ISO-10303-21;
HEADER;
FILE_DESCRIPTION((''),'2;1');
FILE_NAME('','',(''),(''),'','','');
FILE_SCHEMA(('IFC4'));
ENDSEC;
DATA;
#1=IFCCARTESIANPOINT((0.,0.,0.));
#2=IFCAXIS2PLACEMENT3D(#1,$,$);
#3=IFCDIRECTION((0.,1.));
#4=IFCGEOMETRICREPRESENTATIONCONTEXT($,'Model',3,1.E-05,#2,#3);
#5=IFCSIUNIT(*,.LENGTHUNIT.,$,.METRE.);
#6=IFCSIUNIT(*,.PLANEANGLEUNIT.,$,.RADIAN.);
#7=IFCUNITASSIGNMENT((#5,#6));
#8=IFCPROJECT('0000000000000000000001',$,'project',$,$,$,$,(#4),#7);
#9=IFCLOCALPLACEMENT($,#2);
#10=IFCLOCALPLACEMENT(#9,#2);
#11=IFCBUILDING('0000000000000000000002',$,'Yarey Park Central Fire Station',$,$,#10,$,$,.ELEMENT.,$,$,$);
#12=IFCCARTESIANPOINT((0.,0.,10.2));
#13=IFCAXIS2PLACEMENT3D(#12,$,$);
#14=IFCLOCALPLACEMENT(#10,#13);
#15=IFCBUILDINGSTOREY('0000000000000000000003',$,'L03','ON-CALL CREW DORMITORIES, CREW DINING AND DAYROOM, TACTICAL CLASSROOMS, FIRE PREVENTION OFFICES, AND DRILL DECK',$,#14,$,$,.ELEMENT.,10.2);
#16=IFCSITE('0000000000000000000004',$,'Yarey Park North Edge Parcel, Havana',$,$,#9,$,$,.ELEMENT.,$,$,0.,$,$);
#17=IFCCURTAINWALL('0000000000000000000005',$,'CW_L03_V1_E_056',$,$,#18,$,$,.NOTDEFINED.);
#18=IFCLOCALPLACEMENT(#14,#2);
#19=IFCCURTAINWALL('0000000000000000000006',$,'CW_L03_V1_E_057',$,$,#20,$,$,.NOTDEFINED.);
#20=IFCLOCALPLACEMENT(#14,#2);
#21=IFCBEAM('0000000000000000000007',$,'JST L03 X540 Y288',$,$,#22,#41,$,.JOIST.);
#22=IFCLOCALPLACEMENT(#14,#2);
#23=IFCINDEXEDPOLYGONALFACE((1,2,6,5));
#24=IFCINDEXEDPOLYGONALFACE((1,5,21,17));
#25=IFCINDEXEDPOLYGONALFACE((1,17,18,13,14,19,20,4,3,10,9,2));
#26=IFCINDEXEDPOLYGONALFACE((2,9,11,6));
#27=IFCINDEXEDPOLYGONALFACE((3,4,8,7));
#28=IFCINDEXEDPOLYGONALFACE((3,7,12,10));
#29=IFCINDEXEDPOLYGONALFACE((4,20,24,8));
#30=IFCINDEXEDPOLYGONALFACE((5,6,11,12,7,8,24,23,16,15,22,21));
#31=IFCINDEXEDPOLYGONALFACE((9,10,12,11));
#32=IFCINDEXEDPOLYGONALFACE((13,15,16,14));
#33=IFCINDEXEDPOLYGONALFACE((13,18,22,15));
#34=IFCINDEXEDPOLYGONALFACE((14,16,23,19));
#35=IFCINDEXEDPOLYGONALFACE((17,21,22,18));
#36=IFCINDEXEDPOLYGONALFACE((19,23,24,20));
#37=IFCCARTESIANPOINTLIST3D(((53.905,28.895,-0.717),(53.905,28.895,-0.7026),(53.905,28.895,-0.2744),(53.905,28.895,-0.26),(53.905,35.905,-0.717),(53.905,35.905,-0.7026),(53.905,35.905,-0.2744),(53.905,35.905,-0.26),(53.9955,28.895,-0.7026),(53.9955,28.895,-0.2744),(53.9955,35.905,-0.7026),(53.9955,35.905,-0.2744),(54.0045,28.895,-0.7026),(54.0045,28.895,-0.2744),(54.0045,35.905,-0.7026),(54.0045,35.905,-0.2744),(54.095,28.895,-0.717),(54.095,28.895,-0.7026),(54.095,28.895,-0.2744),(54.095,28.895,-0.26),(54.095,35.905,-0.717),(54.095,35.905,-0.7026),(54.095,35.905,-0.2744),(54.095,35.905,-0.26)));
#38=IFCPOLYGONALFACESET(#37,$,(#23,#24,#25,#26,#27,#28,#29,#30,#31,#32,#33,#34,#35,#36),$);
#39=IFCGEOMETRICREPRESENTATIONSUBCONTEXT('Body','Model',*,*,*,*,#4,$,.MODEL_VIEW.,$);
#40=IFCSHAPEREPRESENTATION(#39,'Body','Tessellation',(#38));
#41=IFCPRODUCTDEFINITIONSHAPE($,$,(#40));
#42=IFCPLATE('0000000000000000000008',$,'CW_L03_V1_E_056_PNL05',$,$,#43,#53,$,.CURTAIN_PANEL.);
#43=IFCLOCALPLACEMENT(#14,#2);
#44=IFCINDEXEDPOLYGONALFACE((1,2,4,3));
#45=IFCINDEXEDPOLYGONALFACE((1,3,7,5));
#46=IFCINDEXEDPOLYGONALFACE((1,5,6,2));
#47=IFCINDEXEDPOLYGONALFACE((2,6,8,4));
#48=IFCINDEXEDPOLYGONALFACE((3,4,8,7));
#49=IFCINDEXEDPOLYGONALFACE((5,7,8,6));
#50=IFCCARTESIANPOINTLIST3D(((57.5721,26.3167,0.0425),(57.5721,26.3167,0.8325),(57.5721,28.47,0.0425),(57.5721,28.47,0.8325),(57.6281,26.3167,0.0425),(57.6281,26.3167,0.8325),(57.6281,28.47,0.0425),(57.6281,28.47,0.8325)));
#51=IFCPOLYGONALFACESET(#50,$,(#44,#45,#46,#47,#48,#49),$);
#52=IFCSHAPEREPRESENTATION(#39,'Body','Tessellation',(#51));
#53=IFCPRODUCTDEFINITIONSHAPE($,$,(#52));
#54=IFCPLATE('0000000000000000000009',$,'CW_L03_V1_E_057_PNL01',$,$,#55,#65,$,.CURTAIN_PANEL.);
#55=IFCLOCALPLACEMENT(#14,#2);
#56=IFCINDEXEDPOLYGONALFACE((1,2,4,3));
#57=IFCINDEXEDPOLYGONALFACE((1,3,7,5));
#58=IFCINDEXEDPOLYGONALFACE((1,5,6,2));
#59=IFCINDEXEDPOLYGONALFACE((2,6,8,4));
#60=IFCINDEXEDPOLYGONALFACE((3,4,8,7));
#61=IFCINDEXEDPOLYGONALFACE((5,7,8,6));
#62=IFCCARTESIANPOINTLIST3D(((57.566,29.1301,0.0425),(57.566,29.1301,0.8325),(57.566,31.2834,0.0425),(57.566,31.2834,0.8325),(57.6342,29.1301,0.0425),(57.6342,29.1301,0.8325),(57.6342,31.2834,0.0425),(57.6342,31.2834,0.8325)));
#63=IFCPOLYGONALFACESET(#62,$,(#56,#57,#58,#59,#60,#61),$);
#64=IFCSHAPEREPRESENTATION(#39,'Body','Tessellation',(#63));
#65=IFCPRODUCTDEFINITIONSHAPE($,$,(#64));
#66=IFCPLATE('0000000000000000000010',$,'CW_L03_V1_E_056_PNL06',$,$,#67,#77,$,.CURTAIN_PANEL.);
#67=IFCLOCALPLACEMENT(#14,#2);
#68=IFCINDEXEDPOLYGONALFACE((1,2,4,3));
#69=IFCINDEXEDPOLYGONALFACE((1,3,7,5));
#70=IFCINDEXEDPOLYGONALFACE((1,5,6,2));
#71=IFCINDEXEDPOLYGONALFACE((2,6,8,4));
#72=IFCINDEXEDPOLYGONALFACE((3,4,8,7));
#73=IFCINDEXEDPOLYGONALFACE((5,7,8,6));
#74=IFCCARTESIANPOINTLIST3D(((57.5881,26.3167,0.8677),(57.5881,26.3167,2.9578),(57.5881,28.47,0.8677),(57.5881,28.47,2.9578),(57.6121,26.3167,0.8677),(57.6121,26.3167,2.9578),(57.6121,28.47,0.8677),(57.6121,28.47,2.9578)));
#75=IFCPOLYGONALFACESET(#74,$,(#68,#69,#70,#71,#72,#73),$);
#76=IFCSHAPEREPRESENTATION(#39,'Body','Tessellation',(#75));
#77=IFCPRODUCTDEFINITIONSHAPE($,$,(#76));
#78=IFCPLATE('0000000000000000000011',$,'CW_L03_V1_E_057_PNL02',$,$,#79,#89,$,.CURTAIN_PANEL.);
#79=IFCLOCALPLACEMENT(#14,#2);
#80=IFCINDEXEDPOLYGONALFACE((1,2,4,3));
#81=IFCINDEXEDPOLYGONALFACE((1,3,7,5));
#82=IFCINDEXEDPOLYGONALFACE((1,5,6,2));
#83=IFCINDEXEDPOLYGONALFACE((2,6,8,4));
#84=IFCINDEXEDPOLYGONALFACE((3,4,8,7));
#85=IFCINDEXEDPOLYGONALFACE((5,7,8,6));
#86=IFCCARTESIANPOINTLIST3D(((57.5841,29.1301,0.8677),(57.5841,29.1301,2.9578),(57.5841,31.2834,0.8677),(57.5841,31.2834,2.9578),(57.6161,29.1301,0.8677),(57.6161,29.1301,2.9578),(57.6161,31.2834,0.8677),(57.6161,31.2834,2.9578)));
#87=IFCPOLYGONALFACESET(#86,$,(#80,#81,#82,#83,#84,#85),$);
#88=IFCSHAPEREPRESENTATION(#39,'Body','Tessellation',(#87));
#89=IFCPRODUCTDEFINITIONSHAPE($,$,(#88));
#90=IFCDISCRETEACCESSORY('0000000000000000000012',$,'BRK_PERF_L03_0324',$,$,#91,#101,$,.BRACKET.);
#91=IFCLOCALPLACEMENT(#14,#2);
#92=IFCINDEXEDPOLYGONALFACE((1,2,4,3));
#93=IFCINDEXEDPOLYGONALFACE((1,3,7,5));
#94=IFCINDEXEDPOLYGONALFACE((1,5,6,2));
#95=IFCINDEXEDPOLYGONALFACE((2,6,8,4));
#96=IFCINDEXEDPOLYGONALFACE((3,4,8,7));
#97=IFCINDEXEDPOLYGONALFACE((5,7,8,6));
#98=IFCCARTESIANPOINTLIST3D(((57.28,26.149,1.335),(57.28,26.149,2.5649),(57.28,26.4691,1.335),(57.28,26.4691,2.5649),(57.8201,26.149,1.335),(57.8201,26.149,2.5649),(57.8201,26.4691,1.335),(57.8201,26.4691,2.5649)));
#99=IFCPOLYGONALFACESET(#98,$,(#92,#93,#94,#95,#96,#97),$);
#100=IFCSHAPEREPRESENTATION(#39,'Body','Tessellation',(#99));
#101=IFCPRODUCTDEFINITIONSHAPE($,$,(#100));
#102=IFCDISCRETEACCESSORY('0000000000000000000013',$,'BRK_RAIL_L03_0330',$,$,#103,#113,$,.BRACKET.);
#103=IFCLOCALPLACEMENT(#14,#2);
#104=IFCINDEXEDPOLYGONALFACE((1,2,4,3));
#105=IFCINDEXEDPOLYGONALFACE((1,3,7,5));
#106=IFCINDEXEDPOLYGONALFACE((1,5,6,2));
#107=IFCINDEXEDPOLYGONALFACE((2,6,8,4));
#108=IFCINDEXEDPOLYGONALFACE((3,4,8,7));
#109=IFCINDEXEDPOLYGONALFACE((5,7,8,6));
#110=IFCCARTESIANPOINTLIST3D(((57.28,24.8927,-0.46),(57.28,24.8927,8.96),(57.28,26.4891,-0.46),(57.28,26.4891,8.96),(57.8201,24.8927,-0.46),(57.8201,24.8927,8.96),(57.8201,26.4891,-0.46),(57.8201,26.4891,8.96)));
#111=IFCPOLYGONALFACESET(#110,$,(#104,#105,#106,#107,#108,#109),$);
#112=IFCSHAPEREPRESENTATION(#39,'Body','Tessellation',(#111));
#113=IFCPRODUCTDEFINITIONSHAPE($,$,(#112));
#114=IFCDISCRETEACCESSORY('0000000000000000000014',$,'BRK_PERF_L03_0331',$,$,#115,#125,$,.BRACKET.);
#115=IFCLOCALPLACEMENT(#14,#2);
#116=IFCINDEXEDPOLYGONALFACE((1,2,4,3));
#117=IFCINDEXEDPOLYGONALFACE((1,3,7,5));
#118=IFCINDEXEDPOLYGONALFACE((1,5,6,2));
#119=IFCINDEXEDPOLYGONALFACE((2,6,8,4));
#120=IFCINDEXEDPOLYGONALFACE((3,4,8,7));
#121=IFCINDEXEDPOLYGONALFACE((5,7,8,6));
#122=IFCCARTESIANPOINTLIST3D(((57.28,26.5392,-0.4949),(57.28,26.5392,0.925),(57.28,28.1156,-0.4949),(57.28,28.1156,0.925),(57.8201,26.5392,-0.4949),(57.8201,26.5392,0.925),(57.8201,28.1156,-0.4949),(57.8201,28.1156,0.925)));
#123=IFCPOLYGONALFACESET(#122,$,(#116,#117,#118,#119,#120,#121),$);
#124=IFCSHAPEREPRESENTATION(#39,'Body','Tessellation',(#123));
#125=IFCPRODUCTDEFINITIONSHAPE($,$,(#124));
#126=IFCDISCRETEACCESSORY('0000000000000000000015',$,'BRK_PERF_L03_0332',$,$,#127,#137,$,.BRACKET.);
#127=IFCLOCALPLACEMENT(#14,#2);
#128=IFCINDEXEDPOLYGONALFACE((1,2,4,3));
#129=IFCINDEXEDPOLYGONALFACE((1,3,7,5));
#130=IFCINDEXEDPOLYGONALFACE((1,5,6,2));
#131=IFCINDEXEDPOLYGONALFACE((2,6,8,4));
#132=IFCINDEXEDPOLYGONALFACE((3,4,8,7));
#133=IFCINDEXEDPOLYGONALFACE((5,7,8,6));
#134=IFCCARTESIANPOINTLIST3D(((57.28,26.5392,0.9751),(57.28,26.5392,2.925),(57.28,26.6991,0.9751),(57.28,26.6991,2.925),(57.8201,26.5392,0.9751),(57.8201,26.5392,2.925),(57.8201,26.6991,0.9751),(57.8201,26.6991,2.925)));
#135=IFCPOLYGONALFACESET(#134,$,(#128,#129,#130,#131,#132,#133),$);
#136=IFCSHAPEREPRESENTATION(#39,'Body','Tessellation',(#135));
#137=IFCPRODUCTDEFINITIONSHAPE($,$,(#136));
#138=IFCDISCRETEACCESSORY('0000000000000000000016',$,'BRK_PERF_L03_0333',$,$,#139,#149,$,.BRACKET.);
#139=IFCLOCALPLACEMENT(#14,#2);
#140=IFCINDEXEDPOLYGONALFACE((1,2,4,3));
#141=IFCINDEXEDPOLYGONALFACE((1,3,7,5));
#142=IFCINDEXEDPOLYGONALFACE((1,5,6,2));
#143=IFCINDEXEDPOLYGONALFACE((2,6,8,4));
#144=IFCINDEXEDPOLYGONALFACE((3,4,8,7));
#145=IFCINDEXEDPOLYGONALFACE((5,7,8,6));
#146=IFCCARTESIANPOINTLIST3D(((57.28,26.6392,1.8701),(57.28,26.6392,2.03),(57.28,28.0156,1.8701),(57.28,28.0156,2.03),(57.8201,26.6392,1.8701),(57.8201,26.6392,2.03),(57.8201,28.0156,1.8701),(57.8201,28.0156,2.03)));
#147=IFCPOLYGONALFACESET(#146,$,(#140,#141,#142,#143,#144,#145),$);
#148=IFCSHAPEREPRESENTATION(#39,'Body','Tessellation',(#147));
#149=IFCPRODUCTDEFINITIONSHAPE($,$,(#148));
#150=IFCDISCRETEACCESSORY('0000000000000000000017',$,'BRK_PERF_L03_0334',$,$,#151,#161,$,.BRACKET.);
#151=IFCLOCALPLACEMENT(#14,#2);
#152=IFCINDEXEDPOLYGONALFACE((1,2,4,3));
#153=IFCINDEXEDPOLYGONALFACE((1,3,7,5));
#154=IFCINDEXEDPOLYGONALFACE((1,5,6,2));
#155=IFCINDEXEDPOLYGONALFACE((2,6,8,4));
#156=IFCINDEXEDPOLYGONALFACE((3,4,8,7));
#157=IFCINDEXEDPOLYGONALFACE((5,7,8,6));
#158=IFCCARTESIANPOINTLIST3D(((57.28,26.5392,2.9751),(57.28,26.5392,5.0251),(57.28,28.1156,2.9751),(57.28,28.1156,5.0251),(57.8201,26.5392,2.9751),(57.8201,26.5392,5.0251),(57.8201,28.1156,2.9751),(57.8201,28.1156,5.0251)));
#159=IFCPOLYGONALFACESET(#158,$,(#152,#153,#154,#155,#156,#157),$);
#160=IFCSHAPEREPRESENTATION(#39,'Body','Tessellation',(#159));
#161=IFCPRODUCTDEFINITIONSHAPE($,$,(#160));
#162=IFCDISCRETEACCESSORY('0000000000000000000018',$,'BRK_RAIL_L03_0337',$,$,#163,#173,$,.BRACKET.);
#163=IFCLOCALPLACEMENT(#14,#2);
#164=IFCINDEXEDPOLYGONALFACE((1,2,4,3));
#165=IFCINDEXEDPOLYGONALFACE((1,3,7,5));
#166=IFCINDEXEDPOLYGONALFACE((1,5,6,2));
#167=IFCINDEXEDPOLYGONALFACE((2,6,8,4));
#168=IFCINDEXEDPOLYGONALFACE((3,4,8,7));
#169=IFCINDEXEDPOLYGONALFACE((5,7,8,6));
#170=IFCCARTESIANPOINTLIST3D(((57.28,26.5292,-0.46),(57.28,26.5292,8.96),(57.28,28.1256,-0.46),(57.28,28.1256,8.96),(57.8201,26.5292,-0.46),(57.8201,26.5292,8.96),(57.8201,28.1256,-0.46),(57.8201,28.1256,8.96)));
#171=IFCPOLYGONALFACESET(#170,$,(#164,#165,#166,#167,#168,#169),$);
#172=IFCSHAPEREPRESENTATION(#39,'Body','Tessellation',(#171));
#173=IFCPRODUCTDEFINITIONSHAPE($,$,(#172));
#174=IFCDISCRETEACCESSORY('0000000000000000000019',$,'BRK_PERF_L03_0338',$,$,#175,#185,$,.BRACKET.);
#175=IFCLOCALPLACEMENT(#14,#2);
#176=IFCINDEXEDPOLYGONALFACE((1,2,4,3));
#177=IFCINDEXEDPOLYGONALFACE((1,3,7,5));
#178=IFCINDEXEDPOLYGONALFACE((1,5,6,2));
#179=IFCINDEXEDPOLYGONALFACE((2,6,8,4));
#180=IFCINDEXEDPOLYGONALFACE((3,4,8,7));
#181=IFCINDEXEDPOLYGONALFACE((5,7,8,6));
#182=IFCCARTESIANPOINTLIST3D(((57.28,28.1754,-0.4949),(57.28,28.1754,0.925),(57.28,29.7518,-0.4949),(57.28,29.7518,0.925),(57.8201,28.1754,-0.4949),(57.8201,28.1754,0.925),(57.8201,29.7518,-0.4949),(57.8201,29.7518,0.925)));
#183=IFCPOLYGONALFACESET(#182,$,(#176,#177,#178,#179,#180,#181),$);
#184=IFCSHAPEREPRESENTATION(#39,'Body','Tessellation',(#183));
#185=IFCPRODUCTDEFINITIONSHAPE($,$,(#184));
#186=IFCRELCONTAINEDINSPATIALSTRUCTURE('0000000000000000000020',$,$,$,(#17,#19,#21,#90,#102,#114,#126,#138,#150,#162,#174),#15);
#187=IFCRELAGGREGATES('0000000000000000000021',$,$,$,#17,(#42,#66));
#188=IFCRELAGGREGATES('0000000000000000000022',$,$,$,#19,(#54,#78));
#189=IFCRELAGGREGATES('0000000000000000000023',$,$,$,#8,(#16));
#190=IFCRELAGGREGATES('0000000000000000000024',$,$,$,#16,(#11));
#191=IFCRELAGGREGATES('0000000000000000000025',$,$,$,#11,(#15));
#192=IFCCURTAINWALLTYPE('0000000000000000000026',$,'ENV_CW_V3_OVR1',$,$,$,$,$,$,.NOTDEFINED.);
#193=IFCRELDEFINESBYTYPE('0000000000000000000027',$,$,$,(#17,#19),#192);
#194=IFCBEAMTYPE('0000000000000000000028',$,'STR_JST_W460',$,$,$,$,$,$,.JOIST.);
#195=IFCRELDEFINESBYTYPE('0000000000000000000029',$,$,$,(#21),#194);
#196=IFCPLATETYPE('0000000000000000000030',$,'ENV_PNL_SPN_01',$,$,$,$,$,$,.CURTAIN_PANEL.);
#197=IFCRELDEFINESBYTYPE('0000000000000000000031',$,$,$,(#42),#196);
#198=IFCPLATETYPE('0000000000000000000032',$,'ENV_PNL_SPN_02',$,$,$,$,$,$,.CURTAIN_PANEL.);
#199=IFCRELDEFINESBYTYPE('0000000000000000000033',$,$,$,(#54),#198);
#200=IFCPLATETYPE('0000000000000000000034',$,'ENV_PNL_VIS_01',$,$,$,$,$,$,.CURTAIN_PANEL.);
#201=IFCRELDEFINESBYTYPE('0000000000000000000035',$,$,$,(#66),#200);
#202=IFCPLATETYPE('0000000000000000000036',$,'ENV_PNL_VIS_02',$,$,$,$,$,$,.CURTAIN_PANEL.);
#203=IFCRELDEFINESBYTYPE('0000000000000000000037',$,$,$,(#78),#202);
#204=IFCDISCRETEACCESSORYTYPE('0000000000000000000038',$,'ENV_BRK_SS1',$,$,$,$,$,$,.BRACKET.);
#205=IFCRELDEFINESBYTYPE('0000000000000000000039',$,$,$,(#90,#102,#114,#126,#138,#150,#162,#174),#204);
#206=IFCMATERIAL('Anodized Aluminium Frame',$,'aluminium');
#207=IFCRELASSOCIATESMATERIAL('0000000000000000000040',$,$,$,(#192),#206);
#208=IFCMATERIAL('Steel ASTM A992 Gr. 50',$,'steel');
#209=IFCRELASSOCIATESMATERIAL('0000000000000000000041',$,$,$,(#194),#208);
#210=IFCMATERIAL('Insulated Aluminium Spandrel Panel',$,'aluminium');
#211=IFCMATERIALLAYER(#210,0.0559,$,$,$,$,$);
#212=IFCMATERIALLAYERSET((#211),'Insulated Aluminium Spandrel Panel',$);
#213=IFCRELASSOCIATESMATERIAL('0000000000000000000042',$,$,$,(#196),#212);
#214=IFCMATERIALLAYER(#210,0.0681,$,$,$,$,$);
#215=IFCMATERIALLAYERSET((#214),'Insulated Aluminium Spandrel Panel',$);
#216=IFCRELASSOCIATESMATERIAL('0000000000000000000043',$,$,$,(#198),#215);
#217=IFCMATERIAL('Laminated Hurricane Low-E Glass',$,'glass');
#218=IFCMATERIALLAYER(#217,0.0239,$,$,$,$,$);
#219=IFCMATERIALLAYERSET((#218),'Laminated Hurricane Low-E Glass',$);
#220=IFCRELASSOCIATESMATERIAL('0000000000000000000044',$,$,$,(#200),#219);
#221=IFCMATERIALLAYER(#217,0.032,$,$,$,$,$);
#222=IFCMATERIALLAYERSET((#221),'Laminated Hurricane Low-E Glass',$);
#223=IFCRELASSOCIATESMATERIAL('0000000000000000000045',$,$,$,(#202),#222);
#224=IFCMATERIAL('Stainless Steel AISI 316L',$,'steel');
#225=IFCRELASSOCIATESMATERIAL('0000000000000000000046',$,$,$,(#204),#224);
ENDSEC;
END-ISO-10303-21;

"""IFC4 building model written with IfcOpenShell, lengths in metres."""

from ifc_helpers import new_model, si_unit, direction, frame, origin, origin_2d, place, context, subcontext, project, spatial, rectangle, i_section, extrude, material, layer, layer_set, material_profile, profile_set, type_object, element, aggregate, save


model = new_model("IFC4")

# Units and contexts
model_context = context("Model", 3, precision=1e-05, world=origin(), true_north=direction((0.0, 1.0)))
body_context = subcontext(model_context, "Body", "Model", "MODEL_VIEW")
ifc_project = project(units=[si_unit("LENGTHUNIT", "METRE"), si_unit("PLANEANGLEUNIT", "RADIAN")], contexts=[model_context])

# Site, building, storey
site_placement = place(None, origin())
site = spatial("IfcSite", under=ifc_project, at=site_placement, Name="Yarey Park North Edge Parcel, Havana", CompositionType="ELEMENT", RefElevation=0.0)
building_placement = place(site_placement, origin())
building = spatial("IfcBuilding", under=site, at=building_placement, Name="Yarey Park Central Fire Station", CompositionType="ELEMENT")
storey_placement = place(building_placement, frame((0.0, 0.0, 10.2)))
storey = spatial("IfcBuildingStorey", under=building, at=storey_placement, Name="L03", Description="ON-CALL CREW DORMITORIES, CREW DINING AND DAYROOM, TACTICAL CLASSROOMS, FIRE PREVENTION OFFICES, AND DRILL DECK", CompositionType="ELEMENT", Elevation=10.2)

# Shared definitions
ifc_material_1 = material(Name="Steel ASTM A992 Gr. 50", Category="steel")

# Curtain walls
ifc_material_2 = material(Name="Anodized Aluminium Frame", Category="aluminium")
curtain_wall_type = type_object("IfcCurtainWallType", Name="ENV_CW_V3_OVR1", PredefinedType="NOTDEFINED", material=ifc_material_2)
curtain_wall_1_placement = place(storey_placement, origin())
curtain_wall_1 = element("IfcCurtainWall", 1, at=curtain_wall_1_placement, inside=storey, type_object=curtain_wall_type, Name="CW_L03_V1_E_056", PredefinedType="NOTDEFINED")
curtain_wall_2_placement = place(storey_placement, origin())
curtain_wall_2 = element("IfcCurtainWall", 2, at=curtain_wall_2_placement, inside=storey, type_object=curtain_wall_type, Name="CW_L03_V1_E_057", PredefinedType="NOTDEFINED")

# Beam
ifc_material_profile_1 = material_profile(ifc_material_1, i_section(OverallWidth=0.1899, OverallDepth=0.457, WebThickness=0.009, FlangeThickness=0.0144, at=origin_2d()), Name="W460x74")
ifc_profile_set_1 = profile_set([ifc_material_profile_1], Name="Steel ASTM A992 Gr. 50")
beam_type_1 = type_object("IfcBeamType", Name="STR_JST_W460", PredefinedType="JOIST", material=ifc_profile_set_1)
beam_1_placement = place(storey_placement, frame((54.0, 28.895, -0.4885), z_axis=(0.0, 1.0, 0.0), x_axis=(-1.0, 0.0, 0.0)))
element("IfcBeam", 3, at=beam_1_placement, inside=storey, type_object=beam_type_1, Name="JST L03 X540 Y288", PredefinedType="JOIST", context=body_context, shape_type="SweptSolid", body=[
    extrude(i_section(OverallWidth=0.1899, OverallDepth=0.457, WebThickness=0.009, FlangeThickness=0.0144, at=origin_2d()), origin(), (0.0, 0.0, 1.0), 7.01),
])

# Plates
ifc_material_3 = material(Name="Insulated Aluminium Spandrel Panel", Category="aluminium")
ifc_layer_1 = layer(ifc_material_3, 0.0559)
ifc_layer_set_1 = layer_set([ifc_layer_1], Name="Insulated Aluminium Spandrel Panel")
plate_type_1 = type_object("IfcPlateType", Name="ENV_PNL_SPN_01", PredefinedType="CURTAIN_PANEL", material=ifc_layer_set_1)
plate_1_placement = place(storey_placement, frame((57.6001, 27.3933, 0.0425), z_axis=(0.0, 0.0, 1.0), x_axis=(0.0, 1.0, 0.0)))
plate_1 = element("IfcPlate", 4, at=plate_1_placement, type_object=plate_type_1, Name="CW_L03_V1_E_056_PNL05", PredefinedType="CURTAIN_PANEL", context=body_context, shape_type="SweptSolid", body=[
    extrude(rectangle(XDim=2.1533, YDim=0.0559, at=origin_2d()), origin(), (0.0, 0.0, 1.0), 0.79),
])
ifc_layer_2 = layer(ifc_material_3, 0.0681)
ifc_layer_set_2 = layer_set([ifc_layer_2], Name="Insulated Aluminium Spandrel Panel")
plate_type_2 = type_object("IfcPlateType", Name="ENV_PNL_SPN_02", PredefinedType="CURTAIN_PANEL", material=ifc_layer_set_2)
plate_2_placement = place(storey_placement, frame((57.6001, 30.2068, 0.0425), z_axis=(0.0, 0.0, 1.0), x_axis=(0.0, 1.0, 0.0)))
plate_2 = element("IfcPlate", 5, at=plate_2_placement, type_object=plate_type_2, Name="CW_L03_V1_E_057_PNL01", PredefinedType="CURTAIN_PANEL", context=body_context, shape_type="SweptSolid", body=[
    extrude(rectangle(XDim=2.1533, YDim=0.0681, at=origin_2d()), origin(), (0.0, 0.0, 1.0), 0.79),
])
ifc_material_4 = material(Name="Laminated Hurricane Low-E Glass", Category="glass")
ifc_layer_3 = layer(ifc_material_4, 0.0239)
ifc_layer_set_3 = layer_set([ifc_layer_3], Name="Laminated Hurricane Low-E Glass")
plate_type_3 = type_object("IfcPlateType", Name="ENV_PNL_VIS_01", PredefinedType="CURTAIN_PANEL", material=ifc_layer_set_3)
plate_3_placement = place(storey_placement, frame((57.6001, 27.3933, 0.8677), z_axis=(0.0, 0.0, 1.0), x_axis=(0.0, 1.0, 0.0)))
plate_3 = element("IfcPlate", 6, at=plate_3_placement, type_object=plate_type_3, Name="CW_L03_V1_E_056_PNL06", PredefinedType="CURTAIN_PANEL", context=body_context, shape_type="SweptSolid", body=[
    extrude(rectangle(XDim=2.1533, YDim=0.0239, at=origin_2d()), origin(), (0.0, 0.0, 1.0), 2.0901),
])
aggregate(curtain_wall_1, [plate_1, plate_3])
ifc_layer_4 = layer(ifc_material_4, 0.032)
ifc_layer_set_4 = layer_set([ifc_layer_4], Name="Laminated Hurricane Low-E Glass")
plate_type_4 = type_object("IfcPlateType", Name="ENV_PNL_VIS_02", PredefinedType="CURTAIN_PANEL", material=ifc_layer_set_4)
plate_4_placement = place(storey_placement, frame((57.6001, 30.2068, 0.8677), z_axis=(0.0, 0.0, 1.0), x_axis=(0.0, 1.0, 0.0)))
plate_4 = element("IfcPlate", 7, at=plate_4_placement, type_object=plate_type_4, Name="CW_L03_V1_E_057_PNL02", PredefinedType="CURTAIN_PANEL", context=body_context, shape_type="SweptSolid", body=[
    extrude(rectangle(XDim=2.1533, YDim=0.032, at=origin_2d()), origin(), (0.0, 0.0, 1.0), 2.0901),
])
aggregate(curtain_wall_2, [plate_2, plate_4])

# Discrete accessories
ifc_material_5 = material(Name="Stainless Steel AISI 316L", Category="steel")
discrete_accessory_type = type_object("IfcDiscreteAccessoryType", Name="ENV_BRK_SS1", PredefinedType="BRACKET", material=ifc_material_5)
discrete_accessory_1_placement = place(storey_placement, frame((57.55, 26.3091, 1.335), z_axis=(0.0, 0.0, 1.0), x_axis=(1.0, 0.0, 0.0)))
element("IfcDiscreteAccessory", 8, at=discrete_accessory_1_placement, inside=storey, type_object=discrete_accessory_type, Name="BRK_PERF_L03_0324", PredefinedType="BRACKET", context=body_context, shape_type="SweptSolid", body=[
    extrude(rectangle(XDim=0.54, YDim=0.3201, at=origin_2d()), origin(), (0.0, 0.0, 1.0), 1.23),
])
discrete_accessory_2_placement = place(storey_placement, frame((57.55, 25.6909, -0.46), z_axis=(0.0, 0.0, 1.0), x_axis=(1.0, 0.0, 0.0)))
element("IfcDiscreteAccessory", 9, at=discrete_accessory_2_placement, inside=storey, type_object=discrete_accessory_type, Name="BRK_RAIL_L03_0330", PredefinedType="BRACKET", context=body_context, shape_type="SweptSolid", body=[
    extrude(rectangle(XDim=0.54, YDim=1.5964, at=origin_2d()), origin(), (0.0, 0.0, 1.0), 9.4199),
])
discrete_accessory_3_placement = place(storey_placement, frame((57.55, 27.3274, -0.4949), z_axis=(0.0, 0.0, 1.0), x_axis=(1.0, 0.0, 0.0)))
element("IfcDiscreteAccessory", 10, at=discrete_accessory_3_placement, inside=storey, type_object=discrete_accessory_type, Name="BRK_PERF_L03_0331", PredefinedType="BRACKET", context=body_context, shape_type="SweptSolid", body=[
    extrude(rectangle(XDim=0.54, YDim=1.5764, at=origin_2d()), origin(), (0.0, 0.0, 1.0), 1.4199),
])
discrete_accessory_4_placement = place(storey_placement, frame((57.55, 26.6191, 0.9751), z_axis=(0.0, 0.0, 1.0), x_axis=(1.0, 0.0, 0.0)))
element("IfcDiscreteAccessory", 11, at=discrete_accessory_4_placement, inside=storey, type_object=discrete_accessory_type, Name="BRK_PERF_L03_0332", PredefinedType="BRACKET", context=body_context, shape_type="SweptSolid", body=[
    extrude(rectangle(XDim=0.54, YDim=0.1599, at=origin_2d()), origin(), (0.0, 0.0, 1.0), 1.95),
])
discrete_accessory_5_placement = place(storey_placement, frame((57.55, 27.3274, 1.8701), z_axis=(0.0, 0.0, 1.0), x_axis=(1.0, 0.0, 0.0)))
element("IfcDiscreteAccessory", 12, at=discrete_accessory_5_placement, inside=storey, type_object=discrete_accessory_type, Name="BRK_PERF_L03_0333", PredefinedType="BRACKET", context=body_context, shape_type="SweptSolid", body=[
    extrude(rectangle(XDim=0.54, YDim=1.3765, at=origin_2d()), origin(), (0.0, 0.0, 1.0), 0.1599),
])
discrete_accessory_6_placement = place(storey_placement, frame((57.55, 27.3274, 2.9751), z_axis=(0.0, 0.0, 1.0), x_axis=(1.0, 0.0, 0.0)))
element("IfcDiscreteAccessory", 13, at=discrete_accessory_6_placement, inside=storey, type_object=discrete_accessory_type, Name="BRK_PERF_L03_0334", PredefinedType="BRACKET", context=body_context, shape_type="SweptSolid", body=[
    extrude(rectangle(XDim=0.54, YDim=1.5764, at=origin_2d()), origin(), (0.0, 0.0, 1.0), 2.05),
])
discrete_accessory_7_placement = place(storey_placement, frame((57.55, 27.3274, -0.46), z_axis=(0.0, 0.0, 1.0), x_axis=(1.0, 0.0, 0.0)))
element("IfcDiscreteAccessory", 14, at=discrete_accessory_7_placement, inside=storey, type_object=discrete_accessory_type, Name="BRK_RAIL_L03_0337", PredefinedType="BRACKET", context=body_context, shape_type="SweptSolid", body=[
    extrude(rectangle(XDim=0.54, YDim=1.5964, at=origin_2d()), origin(), (0.0, 0.0, 1.0), 9.4199),
])
discrete_accessory_8_placement = place(storey_placement, frame((57.55, 28.9636, -0.4949), z_axis=(0.0, 0.0, 1.0), x_axis=(1.0, 0.0, 0.0)))
element("IfcDiscreteAccessory", 15, at=discrete_accessory_8_placement, inside=storey, type_object=discrete_accessory_type, Name="BRK_PERF_L03_0338", PredefinedType="BRACKET", context=body_context, shape_type="SweptSolid", body=[
    extrude(rectangle(XDim=0.54, YDim=1.5764, at=origin_2d()), origin(), (0.0, 0.0, 1.0), 1.4199),
])

save(model, "model.ifc")
